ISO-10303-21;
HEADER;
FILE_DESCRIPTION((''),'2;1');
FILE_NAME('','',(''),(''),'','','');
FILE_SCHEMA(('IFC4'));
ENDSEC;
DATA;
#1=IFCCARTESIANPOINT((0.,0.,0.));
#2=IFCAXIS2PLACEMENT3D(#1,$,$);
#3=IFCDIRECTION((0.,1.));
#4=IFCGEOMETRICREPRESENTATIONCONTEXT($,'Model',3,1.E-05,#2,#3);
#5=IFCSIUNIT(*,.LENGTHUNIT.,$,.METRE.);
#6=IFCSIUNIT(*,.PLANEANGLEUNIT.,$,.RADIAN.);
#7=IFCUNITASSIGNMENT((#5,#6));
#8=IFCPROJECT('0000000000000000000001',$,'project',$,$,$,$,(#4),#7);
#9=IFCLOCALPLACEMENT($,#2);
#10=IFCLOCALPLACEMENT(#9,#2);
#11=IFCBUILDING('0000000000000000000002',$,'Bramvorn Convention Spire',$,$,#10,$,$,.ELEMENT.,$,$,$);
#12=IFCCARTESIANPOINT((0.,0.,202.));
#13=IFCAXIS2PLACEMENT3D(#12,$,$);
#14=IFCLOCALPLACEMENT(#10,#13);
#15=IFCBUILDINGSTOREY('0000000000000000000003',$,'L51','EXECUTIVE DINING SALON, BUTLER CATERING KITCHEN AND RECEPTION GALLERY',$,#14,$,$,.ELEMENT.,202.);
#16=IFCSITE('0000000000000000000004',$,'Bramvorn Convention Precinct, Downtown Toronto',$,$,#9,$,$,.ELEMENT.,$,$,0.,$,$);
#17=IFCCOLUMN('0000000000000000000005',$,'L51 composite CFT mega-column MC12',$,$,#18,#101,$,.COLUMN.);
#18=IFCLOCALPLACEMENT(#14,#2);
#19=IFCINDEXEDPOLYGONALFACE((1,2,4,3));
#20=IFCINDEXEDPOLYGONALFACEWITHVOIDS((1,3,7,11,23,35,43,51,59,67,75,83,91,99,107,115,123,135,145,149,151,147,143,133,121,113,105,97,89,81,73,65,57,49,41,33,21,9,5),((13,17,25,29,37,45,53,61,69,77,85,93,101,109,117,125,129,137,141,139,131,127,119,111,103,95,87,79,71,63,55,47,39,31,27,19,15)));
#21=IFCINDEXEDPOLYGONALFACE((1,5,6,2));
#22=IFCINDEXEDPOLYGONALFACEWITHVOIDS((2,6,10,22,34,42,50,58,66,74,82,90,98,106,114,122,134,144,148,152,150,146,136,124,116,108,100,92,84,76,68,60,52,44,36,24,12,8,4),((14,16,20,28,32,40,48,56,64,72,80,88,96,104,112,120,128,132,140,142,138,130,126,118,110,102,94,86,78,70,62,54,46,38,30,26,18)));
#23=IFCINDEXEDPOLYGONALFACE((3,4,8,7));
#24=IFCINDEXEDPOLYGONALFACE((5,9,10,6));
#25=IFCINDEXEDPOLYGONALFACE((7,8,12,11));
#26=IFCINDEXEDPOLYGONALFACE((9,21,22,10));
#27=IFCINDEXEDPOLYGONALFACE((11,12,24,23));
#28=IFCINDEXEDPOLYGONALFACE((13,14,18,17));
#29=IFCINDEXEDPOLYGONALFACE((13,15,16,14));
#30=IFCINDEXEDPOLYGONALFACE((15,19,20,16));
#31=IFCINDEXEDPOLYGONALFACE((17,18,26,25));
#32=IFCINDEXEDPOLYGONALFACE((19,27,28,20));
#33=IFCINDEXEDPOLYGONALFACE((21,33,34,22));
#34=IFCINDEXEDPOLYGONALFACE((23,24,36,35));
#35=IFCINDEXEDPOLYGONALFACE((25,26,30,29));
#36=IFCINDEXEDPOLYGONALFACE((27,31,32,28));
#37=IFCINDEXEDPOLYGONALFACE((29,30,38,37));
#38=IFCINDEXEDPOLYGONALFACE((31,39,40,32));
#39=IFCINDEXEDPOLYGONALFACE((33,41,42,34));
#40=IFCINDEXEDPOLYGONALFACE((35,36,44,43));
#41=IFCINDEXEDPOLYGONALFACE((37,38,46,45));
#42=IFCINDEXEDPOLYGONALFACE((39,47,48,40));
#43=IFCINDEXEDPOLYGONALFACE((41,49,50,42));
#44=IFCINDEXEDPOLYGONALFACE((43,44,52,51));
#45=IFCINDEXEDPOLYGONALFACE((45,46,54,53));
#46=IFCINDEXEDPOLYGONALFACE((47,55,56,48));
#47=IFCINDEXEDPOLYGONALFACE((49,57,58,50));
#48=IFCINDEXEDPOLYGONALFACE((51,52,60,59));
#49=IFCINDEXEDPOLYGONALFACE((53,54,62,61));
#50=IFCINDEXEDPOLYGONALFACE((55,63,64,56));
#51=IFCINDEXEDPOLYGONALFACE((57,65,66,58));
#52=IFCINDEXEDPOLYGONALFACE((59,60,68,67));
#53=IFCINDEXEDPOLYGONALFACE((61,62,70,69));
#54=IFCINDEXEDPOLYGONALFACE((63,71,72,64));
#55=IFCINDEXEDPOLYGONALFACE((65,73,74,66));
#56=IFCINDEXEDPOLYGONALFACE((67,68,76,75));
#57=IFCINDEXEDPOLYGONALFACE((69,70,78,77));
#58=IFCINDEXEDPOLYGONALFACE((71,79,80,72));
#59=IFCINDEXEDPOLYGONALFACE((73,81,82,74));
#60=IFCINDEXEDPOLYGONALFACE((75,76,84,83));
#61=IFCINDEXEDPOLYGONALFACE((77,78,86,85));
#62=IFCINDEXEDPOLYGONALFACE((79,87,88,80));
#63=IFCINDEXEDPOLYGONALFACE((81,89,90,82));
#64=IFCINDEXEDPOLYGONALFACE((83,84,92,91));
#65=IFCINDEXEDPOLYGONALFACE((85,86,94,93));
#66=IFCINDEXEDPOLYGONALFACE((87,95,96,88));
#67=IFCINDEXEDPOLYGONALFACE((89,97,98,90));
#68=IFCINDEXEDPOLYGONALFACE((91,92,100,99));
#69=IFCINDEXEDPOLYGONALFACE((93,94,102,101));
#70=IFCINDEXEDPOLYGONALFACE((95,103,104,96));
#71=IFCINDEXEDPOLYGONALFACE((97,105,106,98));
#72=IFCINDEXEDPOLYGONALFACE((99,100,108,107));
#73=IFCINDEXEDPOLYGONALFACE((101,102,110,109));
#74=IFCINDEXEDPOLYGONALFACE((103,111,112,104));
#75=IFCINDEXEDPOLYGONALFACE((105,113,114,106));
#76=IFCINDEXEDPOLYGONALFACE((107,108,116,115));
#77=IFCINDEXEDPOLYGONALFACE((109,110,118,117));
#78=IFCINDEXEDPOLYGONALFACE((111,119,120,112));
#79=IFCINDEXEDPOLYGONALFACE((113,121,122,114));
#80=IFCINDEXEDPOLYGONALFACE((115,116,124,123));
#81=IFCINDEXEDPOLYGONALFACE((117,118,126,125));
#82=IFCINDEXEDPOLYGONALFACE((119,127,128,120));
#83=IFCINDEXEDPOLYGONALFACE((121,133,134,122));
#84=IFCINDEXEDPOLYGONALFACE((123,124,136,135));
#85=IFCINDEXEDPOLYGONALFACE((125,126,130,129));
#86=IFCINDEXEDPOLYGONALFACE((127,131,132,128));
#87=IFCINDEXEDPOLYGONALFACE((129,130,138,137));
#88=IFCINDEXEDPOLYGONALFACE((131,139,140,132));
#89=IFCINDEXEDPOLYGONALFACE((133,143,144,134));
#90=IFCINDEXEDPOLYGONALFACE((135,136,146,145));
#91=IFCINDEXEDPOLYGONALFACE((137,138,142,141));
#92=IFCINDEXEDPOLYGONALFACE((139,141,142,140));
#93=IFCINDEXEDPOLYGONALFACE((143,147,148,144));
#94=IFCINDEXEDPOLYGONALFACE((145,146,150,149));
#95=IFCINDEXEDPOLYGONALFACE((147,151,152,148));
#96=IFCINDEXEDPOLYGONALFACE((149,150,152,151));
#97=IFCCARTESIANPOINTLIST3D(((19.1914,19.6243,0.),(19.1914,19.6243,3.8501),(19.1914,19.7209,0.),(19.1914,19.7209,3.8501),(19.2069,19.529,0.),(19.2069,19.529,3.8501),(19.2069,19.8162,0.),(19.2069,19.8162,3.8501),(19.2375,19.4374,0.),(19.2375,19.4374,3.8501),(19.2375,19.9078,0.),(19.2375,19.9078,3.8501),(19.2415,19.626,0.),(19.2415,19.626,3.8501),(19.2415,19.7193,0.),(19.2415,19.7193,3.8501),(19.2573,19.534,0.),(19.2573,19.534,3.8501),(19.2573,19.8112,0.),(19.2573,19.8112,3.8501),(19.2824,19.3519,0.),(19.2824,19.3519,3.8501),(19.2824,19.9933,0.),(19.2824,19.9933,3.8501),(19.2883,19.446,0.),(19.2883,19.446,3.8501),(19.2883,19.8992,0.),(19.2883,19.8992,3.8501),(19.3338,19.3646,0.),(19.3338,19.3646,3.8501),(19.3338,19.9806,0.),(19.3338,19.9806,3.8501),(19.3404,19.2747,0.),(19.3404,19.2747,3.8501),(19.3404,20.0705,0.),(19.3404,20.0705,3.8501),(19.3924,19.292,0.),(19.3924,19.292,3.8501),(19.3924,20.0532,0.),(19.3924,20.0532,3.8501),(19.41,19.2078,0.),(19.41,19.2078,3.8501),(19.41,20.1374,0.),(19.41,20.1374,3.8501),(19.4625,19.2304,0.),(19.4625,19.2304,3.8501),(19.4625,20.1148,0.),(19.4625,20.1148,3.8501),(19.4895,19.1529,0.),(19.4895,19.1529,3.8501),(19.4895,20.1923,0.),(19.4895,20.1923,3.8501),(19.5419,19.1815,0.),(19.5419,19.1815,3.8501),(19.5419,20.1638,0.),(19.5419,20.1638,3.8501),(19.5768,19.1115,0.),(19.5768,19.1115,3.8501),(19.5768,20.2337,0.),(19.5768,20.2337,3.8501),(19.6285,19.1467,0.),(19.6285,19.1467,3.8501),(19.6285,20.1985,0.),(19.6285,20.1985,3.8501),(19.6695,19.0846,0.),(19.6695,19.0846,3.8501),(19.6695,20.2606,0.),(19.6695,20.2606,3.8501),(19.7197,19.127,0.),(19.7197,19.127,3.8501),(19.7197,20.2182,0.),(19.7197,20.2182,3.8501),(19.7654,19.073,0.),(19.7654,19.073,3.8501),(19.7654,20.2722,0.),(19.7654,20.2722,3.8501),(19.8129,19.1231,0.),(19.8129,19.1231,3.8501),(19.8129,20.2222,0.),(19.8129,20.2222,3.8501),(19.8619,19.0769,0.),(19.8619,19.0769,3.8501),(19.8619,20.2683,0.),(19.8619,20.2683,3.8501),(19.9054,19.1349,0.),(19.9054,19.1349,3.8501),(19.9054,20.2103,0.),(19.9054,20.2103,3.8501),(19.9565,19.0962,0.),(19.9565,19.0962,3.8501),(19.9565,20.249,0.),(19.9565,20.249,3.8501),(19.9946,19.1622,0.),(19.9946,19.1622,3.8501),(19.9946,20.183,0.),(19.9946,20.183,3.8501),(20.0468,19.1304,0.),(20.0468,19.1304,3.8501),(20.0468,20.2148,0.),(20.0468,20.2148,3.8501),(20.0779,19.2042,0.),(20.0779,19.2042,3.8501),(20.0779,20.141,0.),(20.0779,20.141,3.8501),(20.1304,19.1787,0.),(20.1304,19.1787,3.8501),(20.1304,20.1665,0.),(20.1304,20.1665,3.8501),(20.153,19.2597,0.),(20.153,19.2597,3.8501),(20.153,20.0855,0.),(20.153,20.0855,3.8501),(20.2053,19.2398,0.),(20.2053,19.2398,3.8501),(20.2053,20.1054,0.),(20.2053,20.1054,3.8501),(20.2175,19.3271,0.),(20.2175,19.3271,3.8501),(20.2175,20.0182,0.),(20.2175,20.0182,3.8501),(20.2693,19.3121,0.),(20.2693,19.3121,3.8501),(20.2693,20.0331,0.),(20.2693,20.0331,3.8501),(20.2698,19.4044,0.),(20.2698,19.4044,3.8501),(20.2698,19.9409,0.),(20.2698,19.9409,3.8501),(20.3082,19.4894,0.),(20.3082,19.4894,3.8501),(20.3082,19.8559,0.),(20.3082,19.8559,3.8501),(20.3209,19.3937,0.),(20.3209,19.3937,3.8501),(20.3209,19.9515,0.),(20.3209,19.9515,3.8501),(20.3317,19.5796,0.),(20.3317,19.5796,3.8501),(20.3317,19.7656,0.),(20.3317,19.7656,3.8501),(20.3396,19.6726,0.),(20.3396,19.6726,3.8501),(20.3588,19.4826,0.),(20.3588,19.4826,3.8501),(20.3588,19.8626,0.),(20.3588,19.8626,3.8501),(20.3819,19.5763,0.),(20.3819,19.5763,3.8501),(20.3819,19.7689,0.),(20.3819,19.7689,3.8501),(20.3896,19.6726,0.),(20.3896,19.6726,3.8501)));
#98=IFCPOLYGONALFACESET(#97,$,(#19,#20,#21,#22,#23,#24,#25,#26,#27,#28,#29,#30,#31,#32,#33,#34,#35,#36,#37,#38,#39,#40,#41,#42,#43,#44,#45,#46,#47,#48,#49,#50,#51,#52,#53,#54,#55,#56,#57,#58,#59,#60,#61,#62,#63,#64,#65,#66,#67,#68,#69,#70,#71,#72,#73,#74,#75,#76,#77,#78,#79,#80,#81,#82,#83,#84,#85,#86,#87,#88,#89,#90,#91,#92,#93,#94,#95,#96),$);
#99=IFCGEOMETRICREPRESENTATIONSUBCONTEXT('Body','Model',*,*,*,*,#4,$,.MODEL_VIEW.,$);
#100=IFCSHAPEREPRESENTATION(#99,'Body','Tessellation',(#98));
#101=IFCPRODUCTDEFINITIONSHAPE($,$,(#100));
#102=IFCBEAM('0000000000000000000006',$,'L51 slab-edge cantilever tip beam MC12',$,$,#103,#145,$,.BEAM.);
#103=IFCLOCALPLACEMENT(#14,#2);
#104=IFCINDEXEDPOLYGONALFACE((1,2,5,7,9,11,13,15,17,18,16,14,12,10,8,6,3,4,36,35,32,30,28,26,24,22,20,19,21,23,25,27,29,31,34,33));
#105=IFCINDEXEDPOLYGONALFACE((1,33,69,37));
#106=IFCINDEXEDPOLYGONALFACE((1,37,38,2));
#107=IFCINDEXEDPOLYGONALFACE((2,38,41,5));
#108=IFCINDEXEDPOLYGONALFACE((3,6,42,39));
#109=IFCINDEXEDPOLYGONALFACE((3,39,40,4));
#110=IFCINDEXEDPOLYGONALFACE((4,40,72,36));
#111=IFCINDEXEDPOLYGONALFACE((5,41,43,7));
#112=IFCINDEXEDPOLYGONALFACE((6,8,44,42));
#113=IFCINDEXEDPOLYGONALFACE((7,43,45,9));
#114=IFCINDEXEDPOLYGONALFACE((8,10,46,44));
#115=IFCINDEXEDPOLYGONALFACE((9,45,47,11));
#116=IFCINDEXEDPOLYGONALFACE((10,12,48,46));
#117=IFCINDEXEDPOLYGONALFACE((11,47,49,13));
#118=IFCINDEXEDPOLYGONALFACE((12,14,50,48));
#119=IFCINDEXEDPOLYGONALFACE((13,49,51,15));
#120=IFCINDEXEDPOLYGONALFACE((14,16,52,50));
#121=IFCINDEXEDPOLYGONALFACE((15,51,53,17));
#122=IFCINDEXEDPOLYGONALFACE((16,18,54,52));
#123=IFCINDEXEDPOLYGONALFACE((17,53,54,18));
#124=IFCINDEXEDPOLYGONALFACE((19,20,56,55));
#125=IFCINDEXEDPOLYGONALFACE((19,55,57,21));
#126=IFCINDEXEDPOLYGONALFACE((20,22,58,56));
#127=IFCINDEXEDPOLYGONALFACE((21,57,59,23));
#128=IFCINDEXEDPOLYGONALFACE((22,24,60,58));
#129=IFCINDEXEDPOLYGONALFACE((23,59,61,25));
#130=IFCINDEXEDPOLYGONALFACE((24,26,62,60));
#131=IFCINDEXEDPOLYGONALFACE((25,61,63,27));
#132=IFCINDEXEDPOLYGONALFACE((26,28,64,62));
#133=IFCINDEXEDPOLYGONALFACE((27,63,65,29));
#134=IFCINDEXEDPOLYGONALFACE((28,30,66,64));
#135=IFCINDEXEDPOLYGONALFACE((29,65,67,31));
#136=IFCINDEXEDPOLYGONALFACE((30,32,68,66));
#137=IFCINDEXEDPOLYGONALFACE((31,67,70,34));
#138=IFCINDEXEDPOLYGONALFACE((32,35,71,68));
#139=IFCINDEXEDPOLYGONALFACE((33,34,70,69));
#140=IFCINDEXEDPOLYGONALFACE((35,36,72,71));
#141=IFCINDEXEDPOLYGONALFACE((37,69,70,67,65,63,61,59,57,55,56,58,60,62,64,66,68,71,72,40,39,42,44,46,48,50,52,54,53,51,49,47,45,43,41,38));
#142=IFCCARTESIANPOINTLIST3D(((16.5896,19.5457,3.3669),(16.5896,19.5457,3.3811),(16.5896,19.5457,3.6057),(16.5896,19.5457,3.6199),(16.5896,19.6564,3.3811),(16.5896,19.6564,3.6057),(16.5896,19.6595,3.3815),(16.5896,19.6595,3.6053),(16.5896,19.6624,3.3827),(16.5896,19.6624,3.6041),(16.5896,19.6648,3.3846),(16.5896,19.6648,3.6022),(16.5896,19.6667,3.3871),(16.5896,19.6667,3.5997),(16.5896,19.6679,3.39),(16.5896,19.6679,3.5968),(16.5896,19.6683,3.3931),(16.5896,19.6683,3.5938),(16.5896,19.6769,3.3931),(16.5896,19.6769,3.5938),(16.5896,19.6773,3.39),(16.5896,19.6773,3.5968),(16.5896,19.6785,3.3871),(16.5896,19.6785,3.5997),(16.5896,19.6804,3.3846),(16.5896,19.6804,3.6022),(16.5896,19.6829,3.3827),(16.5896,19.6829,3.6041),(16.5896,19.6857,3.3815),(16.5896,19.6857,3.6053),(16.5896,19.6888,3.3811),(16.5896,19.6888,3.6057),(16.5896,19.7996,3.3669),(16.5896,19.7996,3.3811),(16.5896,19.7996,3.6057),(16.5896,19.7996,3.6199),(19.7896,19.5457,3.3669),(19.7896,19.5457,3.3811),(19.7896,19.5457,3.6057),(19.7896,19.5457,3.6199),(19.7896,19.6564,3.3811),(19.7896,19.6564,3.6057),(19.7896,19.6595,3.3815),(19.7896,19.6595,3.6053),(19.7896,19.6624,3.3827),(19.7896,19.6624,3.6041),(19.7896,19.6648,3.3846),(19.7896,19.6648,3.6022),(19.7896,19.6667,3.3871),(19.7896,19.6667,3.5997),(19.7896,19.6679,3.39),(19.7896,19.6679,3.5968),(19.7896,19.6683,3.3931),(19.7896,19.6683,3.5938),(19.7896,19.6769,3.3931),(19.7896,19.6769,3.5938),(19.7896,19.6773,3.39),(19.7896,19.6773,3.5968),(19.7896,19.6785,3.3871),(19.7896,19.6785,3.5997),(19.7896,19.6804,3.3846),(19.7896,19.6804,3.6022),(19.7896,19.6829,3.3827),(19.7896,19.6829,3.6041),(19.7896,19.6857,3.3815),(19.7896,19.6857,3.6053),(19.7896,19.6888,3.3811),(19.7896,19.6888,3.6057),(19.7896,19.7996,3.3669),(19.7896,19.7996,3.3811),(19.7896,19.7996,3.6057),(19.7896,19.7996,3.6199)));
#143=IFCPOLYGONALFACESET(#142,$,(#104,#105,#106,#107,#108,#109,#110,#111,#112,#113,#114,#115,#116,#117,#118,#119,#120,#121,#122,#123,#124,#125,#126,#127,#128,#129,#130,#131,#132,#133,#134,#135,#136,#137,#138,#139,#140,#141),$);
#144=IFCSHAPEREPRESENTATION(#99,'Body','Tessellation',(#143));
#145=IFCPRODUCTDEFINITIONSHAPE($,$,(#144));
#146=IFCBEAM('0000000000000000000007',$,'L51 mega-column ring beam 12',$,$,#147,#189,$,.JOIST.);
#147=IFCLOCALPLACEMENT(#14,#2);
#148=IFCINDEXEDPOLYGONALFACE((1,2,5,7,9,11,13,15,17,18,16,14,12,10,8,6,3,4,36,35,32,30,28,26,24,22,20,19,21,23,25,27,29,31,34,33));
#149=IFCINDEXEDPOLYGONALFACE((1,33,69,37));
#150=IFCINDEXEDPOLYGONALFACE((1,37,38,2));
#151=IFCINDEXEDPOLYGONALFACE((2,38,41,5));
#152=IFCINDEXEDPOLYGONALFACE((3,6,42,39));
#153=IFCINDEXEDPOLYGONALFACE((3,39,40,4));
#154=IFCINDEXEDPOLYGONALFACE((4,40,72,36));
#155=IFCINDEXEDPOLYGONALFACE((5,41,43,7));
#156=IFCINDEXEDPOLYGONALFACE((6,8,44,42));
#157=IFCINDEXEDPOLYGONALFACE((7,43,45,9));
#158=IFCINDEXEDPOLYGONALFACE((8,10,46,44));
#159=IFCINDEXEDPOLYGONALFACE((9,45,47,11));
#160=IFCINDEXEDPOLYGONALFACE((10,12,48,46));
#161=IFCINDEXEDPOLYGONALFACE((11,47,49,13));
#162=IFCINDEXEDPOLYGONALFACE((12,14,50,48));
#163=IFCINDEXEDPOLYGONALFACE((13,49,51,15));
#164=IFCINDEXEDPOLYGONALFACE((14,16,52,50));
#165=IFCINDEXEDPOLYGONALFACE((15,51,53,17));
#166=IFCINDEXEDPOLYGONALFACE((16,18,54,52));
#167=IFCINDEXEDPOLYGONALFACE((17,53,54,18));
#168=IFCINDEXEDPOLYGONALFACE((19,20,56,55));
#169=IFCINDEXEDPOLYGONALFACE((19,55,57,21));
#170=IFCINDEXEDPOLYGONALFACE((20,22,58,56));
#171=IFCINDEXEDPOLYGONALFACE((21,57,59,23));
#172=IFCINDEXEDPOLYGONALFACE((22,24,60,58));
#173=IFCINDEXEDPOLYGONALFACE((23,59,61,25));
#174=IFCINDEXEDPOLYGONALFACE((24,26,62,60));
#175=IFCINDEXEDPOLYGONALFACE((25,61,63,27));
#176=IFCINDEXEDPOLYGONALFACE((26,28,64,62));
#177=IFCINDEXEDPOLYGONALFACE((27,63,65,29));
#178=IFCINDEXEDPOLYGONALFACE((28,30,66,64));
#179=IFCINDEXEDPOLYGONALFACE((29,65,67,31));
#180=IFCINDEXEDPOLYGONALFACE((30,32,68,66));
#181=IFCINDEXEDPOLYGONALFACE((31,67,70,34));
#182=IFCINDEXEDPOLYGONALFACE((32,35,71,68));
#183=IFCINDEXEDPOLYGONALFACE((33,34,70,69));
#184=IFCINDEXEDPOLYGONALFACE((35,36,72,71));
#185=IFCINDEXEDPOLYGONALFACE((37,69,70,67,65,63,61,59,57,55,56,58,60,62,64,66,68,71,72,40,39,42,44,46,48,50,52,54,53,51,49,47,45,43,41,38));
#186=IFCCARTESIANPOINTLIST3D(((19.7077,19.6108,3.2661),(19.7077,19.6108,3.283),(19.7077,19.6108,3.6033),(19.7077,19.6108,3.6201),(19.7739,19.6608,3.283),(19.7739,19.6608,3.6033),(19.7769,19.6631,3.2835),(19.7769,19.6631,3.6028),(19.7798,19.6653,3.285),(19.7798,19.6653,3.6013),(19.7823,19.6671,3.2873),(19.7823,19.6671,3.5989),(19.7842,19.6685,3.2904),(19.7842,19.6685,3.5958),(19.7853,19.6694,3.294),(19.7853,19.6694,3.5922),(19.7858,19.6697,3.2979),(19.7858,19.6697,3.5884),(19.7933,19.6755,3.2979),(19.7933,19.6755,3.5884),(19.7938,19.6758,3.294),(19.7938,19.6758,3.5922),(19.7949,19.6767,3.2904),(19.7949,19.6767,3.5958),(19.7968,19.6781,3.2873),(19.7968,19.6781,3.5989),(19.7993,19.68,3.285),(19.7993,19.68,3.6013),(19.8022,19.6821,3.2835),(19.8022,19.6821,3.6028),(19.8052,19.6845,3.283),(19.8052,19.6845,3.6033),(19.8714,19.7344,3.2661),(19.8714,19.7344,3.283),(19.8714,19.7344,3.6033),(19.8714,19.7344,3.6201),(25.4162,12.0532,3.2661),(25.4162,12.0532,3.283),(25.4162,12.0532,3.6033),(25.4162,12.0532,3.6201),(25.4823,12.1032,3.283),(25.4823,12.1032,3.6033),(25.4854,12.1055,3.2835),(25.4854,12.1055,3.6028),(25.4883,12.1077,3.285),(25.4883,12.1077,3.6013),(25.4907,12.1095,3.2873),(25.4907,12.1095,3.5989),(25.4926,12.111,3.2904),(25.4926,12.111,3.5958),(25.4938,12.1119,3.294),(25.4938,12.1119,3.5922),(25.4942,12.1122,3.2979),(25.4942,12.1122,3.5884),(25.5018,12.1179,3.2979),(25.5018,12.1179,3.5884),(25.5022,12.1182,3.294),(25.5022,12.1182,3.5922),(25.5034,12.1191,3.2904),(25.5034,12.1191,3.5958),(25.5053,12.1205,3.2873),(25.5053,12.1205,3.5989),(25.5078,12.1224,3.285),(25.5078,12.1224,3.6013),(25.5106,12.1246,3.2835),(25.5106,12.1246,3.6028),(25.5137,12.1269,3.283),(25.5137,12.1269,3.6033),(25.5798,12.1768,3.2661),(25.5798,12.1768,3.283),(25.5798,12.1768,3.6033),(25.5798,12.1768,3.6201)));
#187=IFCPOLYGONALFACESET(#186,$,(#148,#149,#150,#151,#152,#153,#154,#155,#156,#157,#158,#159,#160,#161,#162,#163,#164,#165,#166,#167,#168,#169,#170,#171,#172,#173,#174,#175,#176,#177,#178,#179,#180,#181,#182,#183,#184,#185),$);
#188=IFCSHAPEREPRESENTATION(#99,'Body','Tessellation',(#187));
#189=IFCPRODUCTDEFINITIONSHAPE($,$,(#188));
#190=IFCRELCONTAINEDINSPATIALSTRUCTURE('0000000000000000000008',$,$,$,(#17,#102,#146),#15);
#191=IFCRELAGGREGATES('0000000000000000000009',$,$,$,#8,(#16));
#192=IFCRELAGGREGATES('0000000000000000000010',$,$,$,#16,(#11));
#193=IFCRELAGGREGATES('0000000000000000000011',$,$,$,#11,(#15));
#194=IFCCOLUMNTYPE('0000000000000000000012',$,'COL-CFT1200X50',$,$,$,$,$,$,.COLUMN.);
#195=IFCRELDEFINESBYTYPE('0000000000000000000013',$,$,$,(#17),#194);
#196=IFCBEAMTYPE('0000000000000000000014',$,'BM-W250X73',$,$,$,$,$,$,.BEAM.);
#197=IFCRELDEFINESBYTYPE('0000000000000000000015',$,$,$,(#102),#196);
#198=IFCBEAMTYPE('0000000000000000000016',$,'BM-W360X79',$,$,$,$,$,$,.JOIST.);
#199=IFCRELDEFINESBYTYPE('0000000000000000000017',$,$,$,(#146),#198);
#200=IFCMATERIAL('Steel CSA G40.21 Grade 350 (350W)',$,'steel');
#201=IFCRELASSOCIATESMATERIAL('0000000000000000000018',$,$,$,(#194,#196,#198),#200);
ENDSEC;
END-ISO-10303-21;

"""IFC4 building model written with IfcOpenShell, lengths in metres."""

from ifc_helpers import new_model, si_unit, direction, frame, origin, origin_2d, place, context, subcontext, project, spatial, hollow_circle, i_section, extrude, material, material_profile, profile_set, type_object, element, save


model = new_model("IFC4")

# Units and contexts
model_context = context("Model", 3, precision=1e-05, world=origin(), true_north=direction((0.0, 1.0)))
body_context = subcontext(model_context, "Body", "Model", "MODEL_VIEW")
ifc_project = project(units=[si_unit("LENGTHUNIT", "METRE"), si_unit("PLANEANGLEUNIT", "RADIAN")], contexts=[model_context])

# Site, building, storey
site_placement = place(None, origin())
site = spatial("IfcSite", under=ifc_project, at=site_placement, Name="Bramvorn Convention Precinct, Downtown Toronto", CompositionType="ELEMENT", RefElevation=0.0)
building_placement = place(site_placement, origin())
building = spatial("IfcBuilding", under=site, at=building_placement, Name="Bramvorn Convention Spire", CompositionType="ELEMENT")
storey_placement = place(building_placement, frame((0.0, 0.0, 202.0)))
storey = spatial("IfcBuildingStorey", under=building, at=storey_placement, Name="L51", Description="EXECUTIVE DINING SALON, BUTLER CATERING KITCHEN AND RECEPTION GALLERY", CompositionType="ELEMENT", Elevation=202.0)

# Column
ifc_material_1 = material(Name="Steel CSA G40.21 Grade 350 (350W)", Category="steel")
ifc_material_profile_1 = material_profile(ifc_material_1, hollow_circle(Radius=0.6001, WallThickness=0.05, at=origin_2d()))
ifc_profile_set_1 = profile_set([ifc_material_profile_1], Name="Steel CSA G40.21 Grade 350 (350W) - CFT1200X50")
column_type = type_object("IfcColumnType", Name="COL-CFT1200X50", PredefinedType="COLUMN", material=ifc_profile_set_1)
column_placement = place(storey_placement, frame((19.7896, 19.6726, 0.0), z_axis=(0.0, 0.0, 1.0), x_axis=(1.0, 0.0, 0.0)))
element("IfcColumn", 1, at=column_placement, inside=storey, type_object=column_type, Name="L51 composite CFT mega-column MC12", PredefinedType="COLUMN", context=body_context, shape_type="SweptSolid", body=[
    extrude(hollow_circle(Radius=0.6001, WallThickness=0.05, at=origin_2d()), origin(), (0.0, 0.0, 1.0), 3.8501),
])

# Beams
ifc_material_profile_2 = material_profile(ifc_material_1, i_section(OverallWidth=0.2539, OverallDepth=0.2529, WebThickness=0.0085, FlangeThickness=0.0142, FilletRadius=0.012, at=origin_2d()))
ifc_profile_set_2 = profile_set([ifc_material_profile_2], Name="Steel CSA G40.21 Grade 350 (350W) - W250X73")
beam_type_1 = type_object("IfcBeamType", Name="BM-W250X73", PredefinedType="BEAM", material=ifc_profile_set_2)
beam_1_placement = place(storey_placement, frame((19.7896, 19.6726, 3.4934), z_axis=(-1.0, 0.0, 0.0), x_axis=(0.0, -1.0, 0.0)))
element("IfcBeam", 2, at=beam_1_placement, inside=storey, type_object=beam_type_1, Name="L51 slab-edge cantilever tip beam MC12", PredefinedType="BEAM", context=body_context, shape_type="SweptSolid", body=[
    extrude(i_section(OverallWidth=0.2539, OverallDepth=0.2529, WebThickness=0.0085, FlangeThickness=0.0142, FilletRadius=0.012, at=origin_2d()), origin(), (0.0, 0.0, 1.0), 3.2),
])
ifc_material_profile_3 = material_profile(ifc_material_1, i_section(OverallWidth=0.2051, OverallDepth=0.354, WebThickness=0.0095, FlangeThickness=0.0168, FilletRadius=0.0149, at=origin_2d()))
ifc_profile_set_3 = profile_set([ifc_material_profile_3], Name="Steel CSA G40.21 Grade 350 (350W) - W360X79")
beam_type_2 = type_object("IfcBeamType", Name="BM-W360X79", PredefinedType="JOIST", material=ifc_profile_set_3)
beam_2_placement = place(storey_placement, frame((19.7896, 19.6726, 3.4431), z_axis=(0.602719, -0.797954, 0.0), x_axis=(0.797954, 0.602719, 0.0)))
element("IfcBeam", 3, at=beam_2_placement, inside=storey, type_object=beam_type_2, Name="L51 mega-column ring beam 12", PredefinedType="JOIST", context=body_context, shape_type="SweptSolid", body=[
    extrude(i_section(OverallWidth=0.2051, OverallDepth=0.354, WebThickness=0.0095, FlangeThickness=0.0168, FilletRadius=0.0149, at=origin_2d()), origin(), (0.0, 0.0, 1.0), 9.4712),
])

save(model, "model.ifc")
